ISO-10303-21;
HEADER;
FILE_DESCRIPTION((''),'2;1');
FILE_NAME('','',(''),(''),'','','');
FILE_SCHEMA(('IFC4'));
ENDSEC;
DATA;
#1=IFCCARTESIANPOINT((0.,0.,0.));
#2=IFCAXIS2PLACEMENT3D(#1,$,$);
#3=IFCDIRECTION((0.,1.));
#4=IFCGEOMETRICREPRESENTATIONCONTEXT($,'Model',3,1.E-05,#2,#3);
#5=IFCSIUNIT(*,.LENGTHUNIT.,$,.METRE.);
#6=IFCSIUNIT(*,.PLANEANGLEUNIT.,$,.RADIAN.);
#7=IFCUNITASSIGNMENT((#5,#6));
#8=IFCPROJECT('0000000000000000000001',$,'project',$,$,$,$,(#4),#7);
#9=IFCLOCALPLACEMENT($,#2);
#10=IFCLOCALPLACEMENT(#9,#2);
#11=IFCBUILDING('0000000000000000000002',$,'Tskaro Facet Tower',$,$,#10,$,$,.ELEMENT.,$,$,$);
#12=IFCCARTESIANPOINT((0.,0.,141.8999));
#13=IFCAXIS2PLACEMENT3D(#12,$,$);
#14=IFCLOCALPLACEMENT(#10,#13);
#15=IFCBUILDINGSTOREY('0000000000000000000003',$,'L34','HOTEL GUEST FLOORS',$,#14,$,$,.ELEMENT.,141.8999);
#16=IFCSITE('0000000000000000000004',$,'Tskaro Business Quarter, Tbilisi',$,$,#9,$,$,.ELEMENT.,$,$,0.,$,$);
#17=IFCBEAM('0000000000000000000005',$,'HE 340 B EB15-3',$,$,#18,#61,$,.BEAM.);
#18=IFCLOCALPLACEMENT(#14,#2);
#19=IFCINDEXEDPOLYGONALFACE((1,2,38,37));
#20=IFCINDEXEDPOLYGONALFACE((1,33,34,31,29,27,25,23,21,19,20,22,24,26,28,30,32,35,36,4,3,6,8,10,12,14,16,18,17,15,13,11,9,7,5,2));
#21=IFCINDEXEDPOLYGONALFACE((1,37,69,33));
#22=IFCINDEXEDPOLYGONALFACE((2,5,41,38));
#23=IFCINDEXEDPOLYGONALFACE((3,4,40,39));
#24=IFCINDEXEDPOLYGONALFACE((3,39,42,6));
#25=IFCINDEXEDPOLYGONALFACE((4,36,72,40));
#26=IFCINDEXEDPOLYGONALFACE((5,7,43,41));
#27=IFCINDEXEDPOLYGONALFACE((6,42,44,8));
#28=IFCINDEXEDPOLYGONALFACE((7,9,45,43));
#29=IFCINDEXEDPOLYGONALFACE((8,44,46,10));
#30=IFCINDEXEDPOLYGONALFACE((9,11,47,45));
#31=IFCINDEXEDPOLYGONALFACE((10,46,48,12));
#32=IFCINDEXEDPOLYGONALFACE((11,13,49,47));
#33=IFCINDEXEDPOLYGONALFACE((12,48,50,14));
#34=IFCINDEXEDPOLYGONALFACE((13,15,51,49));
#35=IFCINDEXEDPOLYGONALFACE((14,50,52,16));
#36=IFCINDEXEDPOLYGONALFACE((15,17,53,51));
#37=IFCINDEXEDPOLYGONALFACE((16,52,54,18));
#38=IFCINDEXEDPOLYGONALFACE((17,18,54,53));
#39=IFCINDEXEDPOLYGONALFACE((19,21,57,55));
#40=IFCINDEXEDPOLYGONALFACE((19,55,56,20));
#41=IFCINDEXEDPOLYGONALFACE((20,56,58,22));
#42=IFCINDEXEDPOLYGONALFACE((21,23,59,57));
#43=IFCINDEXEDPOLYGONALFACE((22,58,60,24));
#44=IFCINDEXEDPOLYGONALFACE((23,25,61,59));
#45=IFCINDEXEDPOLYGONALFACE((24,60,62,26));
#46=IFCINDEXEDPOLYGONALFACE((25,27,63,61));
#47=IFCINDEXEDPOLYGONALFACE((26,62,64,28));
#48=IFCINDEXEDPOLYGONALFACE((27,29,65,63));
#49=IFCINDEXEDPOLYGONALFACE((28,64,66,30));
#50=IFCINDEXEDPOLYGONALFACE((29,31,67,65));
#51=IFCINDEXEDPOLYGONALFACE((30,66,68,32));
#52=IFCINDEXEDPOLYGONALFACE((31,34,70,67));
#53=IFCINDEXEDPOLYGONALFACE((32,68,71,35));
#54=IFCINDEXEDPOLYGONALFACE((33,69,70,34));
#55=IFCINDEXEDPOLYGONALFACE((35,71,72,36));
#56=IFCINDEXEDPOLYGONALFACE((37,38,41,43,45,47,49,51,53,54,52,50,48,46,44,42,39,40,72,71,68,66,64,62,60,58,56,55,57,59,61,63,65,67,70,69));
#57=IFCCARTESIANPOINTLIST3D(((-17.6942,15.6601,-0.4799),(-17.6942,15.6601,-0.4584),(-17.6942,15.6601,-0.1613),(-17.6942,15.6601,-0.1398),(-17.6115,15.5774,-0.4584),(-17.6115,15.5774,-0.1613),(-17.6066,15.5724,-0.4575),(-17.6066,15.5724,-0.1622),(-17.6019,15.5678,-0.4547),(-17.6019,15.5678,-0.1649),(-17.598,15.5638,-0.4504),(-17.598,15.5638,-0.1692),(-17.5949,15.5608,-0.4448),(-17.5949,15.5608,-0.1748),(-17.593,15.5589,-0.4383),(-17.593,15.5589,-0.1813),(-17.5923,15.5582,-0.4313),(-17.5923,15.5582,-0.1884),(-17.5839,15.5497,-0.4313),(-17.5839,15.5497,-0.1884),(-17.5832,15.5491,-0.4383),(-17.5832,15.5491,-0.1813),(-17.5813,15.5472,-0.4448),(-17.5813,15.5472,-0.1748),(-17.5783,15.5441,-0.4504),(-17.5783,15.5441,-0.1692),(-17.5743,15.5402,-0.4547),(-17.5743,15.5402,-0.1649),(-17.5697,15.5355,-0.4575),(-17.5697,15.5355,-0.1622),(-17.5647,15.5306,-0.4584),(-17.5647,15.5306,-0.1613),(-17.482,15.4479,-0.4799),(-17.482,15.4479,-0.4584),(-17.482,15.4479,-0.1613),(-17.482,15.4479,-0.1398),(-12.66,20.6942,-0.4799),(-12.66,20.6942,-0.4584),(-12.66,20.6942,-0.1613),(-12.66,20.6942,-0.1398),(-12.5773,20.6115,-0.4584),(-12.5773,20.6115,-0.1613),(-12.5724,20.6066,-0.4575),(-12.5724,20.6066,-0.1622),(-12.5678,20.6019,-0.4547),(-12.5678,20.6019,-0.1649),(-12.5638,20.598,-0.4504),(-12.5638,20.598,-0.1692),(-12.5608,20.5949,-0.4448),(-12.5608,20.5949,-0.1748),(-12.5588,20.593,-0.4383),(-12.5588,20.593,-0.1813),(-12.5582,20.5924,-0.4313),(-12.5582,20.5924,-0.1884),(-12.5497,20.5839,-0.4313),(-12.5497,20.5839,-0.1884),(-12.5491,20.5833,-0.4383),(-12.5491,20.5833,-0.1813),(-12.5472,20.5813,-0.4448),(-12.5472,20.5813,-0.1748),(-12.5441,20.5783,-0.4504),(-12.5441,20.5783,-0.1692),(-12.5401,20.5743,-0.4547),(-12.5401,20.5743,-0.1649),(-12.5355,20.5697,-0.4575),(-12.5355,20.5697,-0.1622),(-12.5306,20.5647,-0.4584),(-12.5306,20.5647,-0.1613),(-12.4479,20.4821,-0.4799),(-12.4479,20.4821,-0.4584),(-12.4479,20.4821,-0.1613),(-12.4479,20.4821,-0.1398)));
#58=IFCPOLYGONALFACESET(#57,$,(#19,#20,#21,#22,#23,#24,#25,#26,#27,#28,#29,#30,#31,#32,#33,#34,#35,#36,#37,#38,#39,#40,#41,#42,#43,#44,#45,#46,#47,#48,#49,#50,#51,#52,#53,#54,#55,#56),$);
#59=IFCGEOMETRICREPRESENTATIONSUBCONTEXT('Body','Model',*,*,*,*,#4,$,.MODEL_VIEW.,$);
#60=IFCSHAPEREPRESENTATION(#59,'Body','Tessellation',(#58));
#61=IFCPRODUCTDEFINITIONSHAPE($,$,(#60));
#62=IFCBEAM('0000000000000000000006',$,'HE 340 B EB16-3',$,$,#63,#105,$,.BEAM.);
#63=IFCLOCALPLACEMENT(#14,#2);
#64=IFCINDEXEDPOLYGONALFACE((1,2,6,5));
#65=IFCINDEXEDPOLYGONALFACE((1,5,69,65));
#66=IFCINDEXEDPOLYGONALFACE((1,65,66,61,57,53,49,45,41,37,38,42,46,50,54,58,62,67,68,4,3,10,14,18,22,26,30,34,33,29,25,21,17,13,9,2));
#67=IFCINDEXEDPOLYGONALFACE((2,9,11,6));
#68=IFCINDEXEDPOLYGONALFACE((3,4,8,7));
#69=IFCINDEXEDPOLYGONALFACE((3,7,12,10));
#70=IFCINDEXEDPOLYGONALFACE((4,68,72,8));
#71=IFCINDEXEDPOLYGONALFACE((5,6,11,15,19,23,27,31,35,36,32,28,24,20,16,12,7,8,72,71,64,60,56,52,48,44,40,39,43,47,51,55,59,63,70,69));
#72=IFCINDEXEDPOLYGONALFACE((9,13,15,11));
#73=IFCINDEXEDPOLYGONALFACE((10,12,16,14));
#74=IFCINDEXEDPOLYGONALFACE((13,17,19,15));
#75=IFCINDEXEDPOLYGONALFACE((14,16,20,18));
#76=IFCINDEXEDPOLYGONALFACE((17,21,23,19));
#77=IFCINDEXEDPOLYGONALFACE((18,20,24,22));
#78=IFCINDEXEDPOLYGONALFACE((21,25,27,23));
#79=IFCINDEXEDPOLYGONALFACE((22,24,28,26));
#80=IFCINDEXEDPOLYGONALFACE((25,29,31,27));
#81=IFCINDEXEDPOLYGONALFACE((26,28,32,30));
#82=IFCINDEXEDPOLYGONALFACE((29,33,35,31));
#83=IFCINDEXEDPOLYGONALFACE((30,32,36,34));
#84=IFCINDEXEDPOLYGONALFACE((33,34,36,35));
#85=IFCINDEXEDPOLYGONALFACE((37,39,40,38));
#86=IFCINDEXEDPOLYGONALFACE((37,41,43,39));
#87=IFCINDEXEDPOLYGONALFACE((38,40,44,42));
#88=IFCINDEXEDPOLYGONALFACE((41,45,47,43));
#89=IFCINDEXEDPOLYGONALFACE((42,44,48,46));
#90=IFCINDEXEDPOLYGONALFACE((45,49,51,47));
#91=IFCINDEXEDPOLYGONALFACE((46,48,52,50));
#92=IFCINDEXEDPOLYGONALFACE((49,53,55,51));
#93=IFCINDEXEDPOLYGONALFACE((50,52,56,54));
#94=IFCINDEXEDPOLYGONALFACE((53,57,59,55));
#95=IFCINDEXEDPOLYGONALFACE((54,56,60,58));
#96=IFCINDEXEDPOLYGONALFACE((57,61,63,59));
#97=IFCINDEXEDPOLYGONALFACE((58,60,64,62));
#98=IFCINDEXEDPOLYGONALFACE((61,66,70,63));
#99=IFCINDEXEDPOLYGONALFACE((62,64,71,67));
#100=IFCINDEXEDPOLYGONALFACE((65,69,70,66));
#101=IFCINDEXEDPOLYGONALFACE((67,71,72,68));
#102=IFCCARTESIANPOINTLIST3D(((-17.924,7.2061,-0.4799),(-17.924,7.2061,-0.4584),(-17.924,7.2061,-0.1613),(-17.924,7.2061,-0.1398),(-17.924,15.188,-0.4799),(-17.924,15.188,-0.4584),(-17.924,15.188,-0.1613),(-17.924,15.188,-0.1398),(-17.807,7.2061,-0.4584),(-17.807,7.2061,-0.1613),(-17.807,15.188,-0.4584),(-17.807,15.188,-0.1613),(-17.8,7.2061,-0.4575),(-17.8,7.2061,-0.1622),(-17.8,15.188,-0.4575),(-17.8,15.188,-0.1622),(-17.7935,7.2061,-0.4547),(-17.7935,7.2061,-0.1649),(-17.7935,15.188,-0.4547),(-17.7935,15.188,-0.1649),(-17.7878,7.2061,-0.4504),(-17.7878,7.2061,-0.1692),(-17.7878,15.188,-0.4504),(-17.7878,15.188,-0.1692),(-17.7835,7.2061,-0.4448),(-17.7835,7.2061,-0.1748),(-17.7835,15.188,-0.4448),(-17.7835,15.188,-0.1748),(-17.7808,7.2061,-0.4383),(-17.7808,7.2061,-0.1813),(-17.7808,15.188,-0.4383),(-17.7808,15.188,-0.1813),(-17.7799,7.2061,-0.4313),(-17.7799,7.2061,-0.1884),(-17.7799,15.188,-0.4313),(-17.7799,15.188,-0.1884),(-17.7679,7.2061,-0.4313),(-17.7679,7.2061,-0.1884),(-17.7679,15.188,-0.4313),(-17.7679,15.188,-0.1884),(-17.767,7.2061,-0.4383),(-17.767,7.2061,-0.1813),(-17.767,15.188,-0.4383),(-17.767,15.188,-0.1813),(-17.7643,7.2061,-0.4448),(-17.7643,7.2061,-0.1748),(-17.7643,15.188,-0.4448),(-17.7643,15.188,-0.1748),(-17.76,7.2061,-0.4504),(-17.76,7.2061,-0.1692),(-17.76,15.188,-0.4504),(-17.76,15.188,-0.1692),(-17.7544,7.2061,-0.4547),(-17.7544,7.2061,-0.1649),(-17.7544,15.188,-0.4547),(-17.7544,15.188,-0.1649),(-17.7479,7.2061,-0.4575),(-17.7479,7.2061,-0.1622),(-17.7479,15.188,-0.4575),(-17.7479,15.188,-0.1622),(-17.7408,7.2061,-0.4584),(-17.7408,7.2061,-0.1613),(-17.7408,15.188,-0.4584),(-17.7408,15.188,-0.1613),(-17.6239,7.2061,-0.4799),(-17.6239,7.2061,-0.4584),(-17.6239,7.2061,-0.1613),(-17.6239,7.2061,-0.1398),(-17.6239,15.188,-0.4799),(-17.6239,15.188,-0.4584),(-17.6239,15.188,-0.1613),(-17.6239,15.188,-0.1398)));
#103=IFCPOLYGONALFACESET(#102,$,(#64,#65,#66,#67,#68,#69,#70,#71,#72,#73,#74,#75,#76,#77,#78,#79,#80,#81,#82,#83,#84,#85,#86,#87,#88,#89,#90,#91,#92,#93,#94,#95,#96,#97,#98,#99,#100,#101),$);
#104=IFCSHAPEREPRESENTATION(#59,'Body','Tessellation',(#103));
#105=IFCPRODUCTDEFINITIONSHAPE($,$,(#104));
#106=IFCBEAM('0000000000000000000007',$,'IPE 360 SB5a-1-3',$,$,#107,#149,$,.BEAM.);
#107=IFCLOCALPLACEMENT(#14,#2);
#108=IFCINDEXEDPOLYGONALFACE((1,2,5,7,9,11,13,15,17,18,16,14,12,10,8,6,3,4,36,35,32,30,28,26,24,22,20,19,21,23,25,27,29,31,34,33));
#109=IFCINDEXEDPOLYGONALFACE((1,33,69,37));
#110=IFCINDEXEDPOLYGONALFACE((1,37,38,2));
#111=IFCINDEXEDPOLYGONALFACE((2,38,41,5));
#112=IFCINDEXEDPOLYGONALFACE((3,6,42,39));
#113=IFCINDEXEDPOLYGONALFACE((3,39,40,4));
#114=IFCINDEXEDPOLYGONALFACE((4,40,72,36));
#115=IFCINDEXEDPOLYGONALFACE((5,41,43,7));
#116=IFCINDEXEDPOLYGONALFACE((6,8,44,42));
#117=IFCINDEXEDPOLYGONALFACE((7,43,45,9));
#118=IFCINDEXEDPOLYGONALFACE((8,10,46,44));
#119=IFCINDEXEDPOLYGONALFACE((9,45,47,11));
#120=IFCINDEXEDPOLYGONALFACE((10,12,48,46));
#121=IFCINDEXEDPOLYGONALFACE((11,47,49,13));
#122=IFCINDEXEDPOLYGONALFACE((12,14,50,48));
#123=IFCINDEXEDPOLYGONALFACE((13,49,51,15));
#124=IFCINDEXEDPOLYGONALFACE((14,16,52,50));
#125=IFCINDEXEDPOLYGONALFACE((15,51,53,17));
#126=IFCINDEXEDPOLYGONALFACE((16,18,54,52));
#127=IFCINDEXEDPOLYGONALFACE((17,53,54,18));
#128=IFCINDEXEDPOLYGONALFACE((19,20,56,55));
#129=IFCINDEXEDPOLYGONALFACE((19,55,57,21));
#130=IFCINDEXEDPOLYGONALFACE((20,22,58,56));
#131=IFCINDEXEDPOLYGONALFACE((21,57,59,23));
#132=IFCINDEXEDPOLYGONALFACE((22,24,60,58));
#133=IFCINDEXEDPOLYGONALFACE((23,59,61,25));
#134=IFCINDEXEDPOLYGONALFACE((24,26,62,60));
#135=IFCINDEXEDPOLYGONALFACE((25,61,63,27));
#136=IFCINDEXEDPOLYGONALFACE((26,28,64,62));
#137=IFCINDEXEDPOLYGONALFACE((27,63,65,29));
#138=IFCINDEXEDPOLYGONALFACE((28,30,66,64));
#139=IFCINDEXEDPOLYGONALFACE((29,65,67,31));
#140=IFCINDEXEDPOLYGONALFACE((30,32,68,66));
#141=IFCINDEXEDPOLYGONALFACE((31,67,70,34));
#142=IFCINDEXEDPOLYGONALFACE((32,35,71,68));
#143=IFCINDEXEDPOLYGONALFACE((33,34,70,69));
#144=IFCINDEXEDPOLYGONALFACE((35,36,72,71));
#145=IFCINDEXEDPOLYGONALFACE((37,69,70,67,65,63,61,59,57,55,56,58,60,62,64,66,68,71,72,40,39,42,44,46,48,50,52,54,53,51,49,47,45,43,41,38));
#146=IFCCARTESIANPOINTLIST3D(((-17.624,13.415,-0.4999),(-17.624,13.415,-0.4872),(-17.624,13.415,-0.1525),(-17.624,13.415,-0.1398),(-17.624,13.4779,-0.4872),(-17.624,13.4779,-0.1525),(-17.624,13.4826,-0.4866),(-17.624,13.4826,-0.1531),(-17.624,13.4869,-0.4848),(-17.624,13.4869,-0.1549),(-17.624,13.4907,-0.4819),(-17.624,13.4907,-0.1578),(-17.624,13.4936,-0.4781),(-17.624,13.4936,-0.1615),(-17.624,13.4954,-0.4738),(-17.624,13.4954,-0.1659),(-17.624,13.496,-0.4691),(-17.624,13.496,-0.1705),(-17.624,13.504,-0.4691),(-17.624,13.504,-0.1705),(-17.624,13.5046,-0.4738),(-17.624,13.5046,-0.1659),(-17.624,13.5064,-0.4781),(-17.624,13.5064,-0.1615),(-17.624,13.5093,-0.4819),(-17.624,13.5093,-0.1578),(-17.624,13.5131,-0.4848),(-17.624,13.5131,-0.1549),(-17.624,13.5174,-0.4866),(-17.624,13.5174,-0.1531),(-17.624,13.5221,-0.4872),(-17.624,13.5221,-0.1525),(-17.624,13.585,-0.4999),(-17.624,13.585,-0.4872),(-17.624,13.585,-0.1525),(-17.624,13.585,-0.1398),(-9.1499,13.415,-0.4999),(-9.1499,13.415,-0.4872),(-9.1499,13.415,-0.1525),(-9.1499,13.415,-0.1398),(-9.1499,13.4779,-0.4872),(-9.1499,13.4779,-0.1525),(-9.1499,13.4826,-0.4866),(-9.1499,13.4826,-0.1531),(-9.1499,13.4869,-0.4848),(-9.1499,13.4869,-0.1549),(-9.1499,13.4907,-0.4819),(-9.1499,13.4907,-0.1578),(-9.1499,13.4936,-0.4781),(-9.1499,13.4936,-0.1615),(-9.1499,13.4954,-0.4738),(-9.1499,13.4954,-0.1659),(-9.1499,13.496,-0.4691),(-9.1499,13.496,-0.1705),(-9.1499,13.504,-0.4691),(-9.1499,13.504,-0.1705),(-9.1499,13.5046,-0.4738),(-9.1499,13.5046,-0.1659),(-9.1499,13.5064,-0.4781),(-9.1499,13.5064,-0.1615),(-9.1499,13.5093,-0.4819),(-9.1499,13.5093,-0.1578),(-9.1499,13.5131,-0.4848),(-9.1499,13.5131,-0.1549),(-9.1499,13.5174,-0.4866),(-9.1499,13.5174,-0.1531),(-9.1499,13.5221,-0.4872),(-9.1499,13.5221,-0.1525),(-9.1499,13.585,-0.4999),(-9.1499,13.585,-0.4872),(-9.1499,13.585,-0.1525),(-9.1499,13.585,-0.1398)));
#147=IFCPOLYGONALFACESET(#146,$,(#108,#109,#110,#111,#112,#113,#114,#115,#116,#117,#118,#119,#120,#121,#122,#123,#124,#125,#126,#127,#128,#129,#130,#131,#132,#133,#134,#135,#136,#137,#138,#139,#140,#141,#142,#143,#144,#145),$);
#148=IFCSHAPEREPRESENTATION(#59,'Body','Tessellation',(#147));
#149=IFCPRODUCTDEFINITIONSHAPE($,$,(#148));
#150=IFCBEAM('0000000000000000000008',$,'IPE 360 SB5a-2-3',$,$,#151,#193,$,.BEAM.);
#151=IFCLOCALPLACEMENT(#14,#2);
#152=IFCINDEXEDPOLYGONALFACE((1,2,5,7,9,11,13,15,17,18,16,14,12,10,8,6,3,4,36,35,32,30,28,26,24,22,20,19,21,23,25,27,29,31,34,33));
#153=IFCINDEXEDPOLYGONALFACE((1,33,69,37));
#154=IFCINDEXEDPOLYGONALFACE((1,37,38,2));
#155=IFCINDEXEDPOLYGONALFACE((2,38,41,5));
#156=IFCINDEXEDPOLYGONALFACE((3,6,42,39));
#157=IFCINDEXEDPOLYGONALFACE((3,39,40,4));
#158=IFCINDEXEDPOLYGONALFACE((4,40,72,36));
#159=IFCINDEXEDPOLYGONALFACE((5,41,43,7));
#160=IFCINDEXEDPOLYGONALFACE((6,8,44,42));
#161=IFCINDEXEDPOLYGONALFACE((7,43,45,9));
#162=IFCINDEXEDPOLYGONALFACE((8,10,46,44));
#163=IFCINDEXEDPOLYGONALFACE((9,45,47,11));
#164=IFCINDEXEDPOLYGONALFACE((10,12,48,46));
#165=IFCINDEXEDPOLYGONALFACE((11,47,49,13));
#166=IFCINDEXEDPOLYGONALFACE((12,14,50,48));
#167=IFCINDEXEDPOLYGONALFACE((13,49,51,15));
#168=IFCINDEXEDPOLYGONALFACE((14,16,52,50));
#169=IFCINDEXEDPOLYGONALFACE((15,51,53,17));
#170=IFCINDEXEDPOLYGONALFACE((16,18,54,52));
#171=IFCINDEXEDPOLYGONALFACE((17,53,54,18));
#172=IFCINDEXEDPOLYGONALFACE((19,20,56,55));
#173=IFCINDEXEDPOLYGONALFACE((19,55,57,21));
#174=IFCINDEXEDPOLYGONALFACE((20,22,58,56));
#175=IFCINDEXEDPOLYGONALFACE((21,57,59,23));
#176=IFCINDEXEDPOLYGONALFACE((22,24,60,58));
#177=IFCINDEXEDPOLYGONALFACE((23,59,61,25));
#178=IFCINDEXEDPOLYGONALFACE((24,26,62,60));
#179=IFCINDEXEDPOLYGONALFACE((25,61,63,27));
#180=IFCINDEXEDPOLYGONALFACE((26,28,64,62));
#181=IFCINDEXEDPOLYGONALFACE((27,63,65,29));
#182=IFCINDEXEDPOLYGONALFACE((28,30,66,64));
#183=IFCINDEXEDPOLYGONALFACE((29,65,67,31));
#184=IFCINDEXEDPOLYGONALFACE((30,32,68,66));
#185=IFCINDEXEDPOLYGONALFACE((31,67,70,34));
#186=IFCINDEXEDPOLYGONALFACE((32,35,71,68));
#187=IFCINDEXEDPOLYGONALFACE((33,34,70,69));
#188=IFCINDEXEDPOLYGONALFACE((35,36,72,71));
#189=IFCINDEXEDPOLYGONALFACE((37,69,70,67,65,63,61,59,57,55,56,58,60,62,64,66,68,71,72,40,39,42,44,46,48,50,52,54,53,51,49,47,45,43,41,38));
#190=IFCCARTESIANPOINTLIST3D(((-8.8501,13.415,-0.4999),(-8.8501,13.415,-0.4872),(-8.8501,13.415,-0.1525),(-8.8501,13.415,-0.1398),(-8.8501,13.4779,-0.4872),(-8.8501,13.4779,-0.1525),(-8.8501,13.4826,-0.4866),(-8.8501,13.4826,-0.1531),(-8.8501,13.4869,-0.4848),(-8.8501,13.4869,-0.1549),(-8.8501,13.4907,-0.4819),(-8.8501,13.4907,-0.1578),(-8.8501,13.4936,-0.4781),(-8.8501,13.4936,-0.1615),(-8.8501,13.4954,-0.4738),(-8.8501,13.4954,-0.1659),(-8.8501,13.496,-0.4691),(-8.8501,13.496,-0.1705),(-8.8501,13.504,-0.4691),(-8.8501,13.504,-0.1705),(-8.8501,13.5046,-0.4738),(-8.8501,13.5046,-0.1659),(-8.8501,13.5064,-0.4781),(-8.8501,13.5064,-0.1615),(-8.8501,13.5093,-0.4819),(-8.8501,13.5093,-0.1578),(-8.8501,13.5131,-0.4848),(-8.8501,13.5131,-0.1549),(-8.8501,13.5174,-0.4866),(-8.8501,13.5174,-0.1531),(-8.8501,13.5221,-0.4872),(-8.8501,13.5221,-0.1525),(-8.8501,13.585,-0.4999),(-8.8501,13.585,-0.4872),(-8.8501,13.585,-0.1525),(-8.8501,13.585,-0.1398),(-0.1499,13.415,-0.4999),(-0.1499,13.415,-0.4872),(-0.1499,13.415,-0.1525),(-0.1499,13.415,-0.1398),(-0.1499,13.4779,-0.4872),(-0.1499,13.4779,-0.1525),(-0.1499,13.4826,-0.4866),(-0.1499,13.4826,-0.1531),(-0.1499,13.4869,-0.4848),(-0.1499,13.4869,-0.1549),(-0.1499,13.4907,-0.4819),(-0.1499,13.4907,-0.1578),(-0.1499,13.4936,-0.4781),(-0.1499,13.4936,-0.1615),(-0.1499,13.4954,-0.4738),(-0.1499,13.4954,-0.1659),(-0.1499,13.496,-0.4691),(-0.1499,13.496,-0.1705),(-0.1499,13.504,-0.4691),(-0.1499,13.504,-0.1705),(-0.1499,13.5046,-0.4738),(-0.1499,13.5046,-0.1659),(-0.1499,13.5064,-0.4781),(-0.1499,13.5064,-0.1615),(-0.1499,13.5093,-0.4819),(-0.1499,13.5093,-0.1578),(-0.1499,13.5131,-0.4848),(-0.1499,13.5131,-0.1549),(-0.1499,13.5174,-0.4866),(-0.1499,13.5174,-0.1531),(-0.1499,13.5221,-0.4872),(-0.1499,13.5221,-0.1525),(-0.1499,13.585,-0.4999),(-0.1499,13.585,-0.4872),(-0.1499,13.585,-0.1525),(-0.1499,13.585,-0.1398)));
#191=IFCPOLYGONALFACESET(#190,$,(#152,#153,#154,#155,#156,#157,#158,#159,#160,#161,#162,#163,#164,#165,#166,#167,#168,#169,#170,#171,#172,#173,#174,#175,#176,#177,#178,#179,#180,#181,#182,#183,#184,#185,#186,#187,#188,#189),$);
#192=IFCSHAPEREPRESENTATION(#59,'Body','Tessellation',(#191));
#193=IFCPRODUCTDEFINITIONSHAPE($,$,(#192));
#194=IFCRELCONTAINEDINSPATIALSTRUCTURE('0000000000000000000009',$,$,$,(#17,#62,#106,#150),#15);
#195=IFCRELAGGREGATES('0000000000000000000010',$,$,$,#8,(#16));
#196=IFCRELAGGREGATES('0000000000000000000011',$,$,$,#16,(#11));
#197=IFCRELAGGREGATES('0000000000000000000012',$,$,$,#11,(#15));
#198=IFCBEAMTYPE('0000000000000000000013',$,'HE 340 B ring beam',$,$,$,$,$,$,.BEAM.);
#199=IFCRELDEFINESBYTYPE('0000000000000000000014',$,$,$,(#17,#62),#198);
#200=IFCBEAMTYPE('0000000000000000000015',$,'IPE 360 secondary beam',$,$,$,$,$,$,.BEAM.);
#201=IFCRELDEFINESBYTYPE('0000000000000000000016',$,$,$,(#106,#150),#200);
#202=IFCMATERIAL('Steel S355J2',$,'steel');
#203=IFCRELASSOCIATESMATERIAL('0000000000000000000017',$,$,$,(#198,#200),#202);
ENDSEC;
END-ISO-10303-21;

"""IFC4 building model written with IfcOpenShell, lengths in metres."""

from ifc_helpers import new_model, si_unit, direction, frame, origin, origin_2d, place, context, subcontext, project, spatial, i_section, extrude, material, material_profile, profile_set, type_object, element, save


model = new_model("IFC4")

# Units and contexts
model_context = context("Model", 3, precision=1e-05, world=origin(), true_north=direction((0.0, 1.0)))
body_context = subcontext(model_context, "Body", "Model", "MODEL_VIEW")
ifc_project = project(units=[si_unit("LENGTHUNIT", "METRE"), si_unit("PLANEANGLEUNIT", "RADIAN")], contexts=[model_context])

# Site, building, storey
site_placement = place(None, origin())
site = spatial("IfcSite", under=ifc_project, at=site_placement, Name="Tskaro Business Quarter, Tbilisi", CompositionType="ELEMENT", RefElevation=0.0)
building_placement = place(site_placement, origin())
building = spatial("IfcBuilding", under=site, at=building_placement, Name="Tskaro Facet Tower", CompositionType="ELEMENT")
storey_placement = place(building_placement, frame((0.0, 0.0, 141.8999)))
storey = spatial("IfcBuildingStorey", under=building, at=storey_placement, Name="L34", Description="HOTEL GUEST FLOORS", CompositionType="ELEMENT", Elevation=141.8999)

# Beams
ifc_material_1 = material(Name="Steel S355J2", Category="steel")
ifc_material_profile_1 = material_profile(ifc_material_1, i_section(OverallWidth=0.3, OverallDepth=0.3401, WebThickness=0.012, FlangeThickness=0.0215, FilletRadius=0.0271, at=origin_2d()), Name="HE 340 B")
ifc_profile_set_1 = profile_set([ifc_material_profile_1], Name="Steel S355J2")
beam_type_1 = type_object("IfcBeamType", Name="HE 340 B ring beam", PredefinedType="BEAM", material=ifc_profile_set_1)
beam_1_placement = place(storey_placement, frame((-12.554, 20.5881, -0.3098), z_axis=(-0.707107, -0.707107, 0.0), x_axis=(0.707107, -0.707107, 0.0)))
element("IfcBeam", 1, at=beam_1_placement, inside=storey, type_object=beam_type_1, Name="HE 340 B EB15-3", PredefinedType="BEAM", context=body_context, shape_type="SweptSolid", body=[
    extrude(i_section(OverallWidth=0.3, OverallDepth=0.3401, WebThickness=0.012, FlangeThickness=0.0215, FilletRadius=0.0271, at=origin_2d()), origin(), (0.0, 0.0, 1.0), 7.1194),
])
beam_2_placement = place(storey_placement, frame((-17.7739, 15.188, -0.3098), z_axis=(0.0, -1.0, 0.0), x_axis=(1.0, 0.0, 0.0)))
element("IfcBeam", 2, at=beam_2_placement, inside=storey, type_object=beam_type_1, Name="HE 340 B EB16-3", PredefinedType="BEAM", context=body_context, shape_type="SweptSolid", body=[
    extrude(i_section(OverallWidth=0.3, OverallDepth=0.3401, WebThickness=0.012, FlangeThickness=0.0215, FilletRadius=0.0271, at=origin_2d()), origin(), (0.0, 0.0, 1.0), 7.9819),
])
ifc_material_profile_2 = material_profile(ifc_material_1, i_section(OverallWidth=0.1699, OverallDepth=0.3601, WebThickness=0.0081, FlangeThickness=0.0127, FilletRadius=0.0181, at=origin_2d()), Name="IPE 360")
ifc_profile_set_2 = profile_set([ifc_material_profile_2], Name="Steel S355J2")
beam_type_2 = type_object("IfcBeamType", Name="IPE 360 secondary beam", PredefinedType="BEAM", material=ifc_profile_set_2)
beam_3_placement = place(storey_placement, frame((-17.624, 13.5, -0.3198), z_axis=(1.0, 0.0, 0.0), x_axis=(0.0, 1.0, 0.0)))
element("IfcBeam", 3, at=beam_3_placement, inside=storey, type_object=beam_type_2, Name="IPE 360 SB5a-1-3", PredefinedType="BEAM", context=body_context, shape_type="SweptSolid", body=[
    extrude(i_section(OverallWidth=0.1699, OverallDepth=0.3601, WebThickness=0.0081, FlangeThickness=0.0127, FilletRadius=0.0181, at=origin_2d()), origin(), (0.0, 0.0, 1.0), 8.4741),
])
beam_4_placement = place(storey_placement, frame((-8.8501, 13.5, -0.3198), z_axis=(1.0, 0.0, 0.0), x_axis=(0.0, 1.0, 0.0)))
element("IfcBeam", 4, at=beam_4_placement, inside=storey, type_object=beam_type_2, Name="IPE 360 SB5a-2-3", PredefinedType="BEAM", context=body_context, shape_type="SweptSolid", body=[
    extrude(i_section(OverallWidth=0.1699, OverallDepth=0.3601, WebThickness=0.0081, FlangeThickness=0.0127, FilletRadius=0.0181, at=origin_2d()), origin(), (0.0, 0.0, 1.0), 8.7002),
])

save(model, "model.ifc")
